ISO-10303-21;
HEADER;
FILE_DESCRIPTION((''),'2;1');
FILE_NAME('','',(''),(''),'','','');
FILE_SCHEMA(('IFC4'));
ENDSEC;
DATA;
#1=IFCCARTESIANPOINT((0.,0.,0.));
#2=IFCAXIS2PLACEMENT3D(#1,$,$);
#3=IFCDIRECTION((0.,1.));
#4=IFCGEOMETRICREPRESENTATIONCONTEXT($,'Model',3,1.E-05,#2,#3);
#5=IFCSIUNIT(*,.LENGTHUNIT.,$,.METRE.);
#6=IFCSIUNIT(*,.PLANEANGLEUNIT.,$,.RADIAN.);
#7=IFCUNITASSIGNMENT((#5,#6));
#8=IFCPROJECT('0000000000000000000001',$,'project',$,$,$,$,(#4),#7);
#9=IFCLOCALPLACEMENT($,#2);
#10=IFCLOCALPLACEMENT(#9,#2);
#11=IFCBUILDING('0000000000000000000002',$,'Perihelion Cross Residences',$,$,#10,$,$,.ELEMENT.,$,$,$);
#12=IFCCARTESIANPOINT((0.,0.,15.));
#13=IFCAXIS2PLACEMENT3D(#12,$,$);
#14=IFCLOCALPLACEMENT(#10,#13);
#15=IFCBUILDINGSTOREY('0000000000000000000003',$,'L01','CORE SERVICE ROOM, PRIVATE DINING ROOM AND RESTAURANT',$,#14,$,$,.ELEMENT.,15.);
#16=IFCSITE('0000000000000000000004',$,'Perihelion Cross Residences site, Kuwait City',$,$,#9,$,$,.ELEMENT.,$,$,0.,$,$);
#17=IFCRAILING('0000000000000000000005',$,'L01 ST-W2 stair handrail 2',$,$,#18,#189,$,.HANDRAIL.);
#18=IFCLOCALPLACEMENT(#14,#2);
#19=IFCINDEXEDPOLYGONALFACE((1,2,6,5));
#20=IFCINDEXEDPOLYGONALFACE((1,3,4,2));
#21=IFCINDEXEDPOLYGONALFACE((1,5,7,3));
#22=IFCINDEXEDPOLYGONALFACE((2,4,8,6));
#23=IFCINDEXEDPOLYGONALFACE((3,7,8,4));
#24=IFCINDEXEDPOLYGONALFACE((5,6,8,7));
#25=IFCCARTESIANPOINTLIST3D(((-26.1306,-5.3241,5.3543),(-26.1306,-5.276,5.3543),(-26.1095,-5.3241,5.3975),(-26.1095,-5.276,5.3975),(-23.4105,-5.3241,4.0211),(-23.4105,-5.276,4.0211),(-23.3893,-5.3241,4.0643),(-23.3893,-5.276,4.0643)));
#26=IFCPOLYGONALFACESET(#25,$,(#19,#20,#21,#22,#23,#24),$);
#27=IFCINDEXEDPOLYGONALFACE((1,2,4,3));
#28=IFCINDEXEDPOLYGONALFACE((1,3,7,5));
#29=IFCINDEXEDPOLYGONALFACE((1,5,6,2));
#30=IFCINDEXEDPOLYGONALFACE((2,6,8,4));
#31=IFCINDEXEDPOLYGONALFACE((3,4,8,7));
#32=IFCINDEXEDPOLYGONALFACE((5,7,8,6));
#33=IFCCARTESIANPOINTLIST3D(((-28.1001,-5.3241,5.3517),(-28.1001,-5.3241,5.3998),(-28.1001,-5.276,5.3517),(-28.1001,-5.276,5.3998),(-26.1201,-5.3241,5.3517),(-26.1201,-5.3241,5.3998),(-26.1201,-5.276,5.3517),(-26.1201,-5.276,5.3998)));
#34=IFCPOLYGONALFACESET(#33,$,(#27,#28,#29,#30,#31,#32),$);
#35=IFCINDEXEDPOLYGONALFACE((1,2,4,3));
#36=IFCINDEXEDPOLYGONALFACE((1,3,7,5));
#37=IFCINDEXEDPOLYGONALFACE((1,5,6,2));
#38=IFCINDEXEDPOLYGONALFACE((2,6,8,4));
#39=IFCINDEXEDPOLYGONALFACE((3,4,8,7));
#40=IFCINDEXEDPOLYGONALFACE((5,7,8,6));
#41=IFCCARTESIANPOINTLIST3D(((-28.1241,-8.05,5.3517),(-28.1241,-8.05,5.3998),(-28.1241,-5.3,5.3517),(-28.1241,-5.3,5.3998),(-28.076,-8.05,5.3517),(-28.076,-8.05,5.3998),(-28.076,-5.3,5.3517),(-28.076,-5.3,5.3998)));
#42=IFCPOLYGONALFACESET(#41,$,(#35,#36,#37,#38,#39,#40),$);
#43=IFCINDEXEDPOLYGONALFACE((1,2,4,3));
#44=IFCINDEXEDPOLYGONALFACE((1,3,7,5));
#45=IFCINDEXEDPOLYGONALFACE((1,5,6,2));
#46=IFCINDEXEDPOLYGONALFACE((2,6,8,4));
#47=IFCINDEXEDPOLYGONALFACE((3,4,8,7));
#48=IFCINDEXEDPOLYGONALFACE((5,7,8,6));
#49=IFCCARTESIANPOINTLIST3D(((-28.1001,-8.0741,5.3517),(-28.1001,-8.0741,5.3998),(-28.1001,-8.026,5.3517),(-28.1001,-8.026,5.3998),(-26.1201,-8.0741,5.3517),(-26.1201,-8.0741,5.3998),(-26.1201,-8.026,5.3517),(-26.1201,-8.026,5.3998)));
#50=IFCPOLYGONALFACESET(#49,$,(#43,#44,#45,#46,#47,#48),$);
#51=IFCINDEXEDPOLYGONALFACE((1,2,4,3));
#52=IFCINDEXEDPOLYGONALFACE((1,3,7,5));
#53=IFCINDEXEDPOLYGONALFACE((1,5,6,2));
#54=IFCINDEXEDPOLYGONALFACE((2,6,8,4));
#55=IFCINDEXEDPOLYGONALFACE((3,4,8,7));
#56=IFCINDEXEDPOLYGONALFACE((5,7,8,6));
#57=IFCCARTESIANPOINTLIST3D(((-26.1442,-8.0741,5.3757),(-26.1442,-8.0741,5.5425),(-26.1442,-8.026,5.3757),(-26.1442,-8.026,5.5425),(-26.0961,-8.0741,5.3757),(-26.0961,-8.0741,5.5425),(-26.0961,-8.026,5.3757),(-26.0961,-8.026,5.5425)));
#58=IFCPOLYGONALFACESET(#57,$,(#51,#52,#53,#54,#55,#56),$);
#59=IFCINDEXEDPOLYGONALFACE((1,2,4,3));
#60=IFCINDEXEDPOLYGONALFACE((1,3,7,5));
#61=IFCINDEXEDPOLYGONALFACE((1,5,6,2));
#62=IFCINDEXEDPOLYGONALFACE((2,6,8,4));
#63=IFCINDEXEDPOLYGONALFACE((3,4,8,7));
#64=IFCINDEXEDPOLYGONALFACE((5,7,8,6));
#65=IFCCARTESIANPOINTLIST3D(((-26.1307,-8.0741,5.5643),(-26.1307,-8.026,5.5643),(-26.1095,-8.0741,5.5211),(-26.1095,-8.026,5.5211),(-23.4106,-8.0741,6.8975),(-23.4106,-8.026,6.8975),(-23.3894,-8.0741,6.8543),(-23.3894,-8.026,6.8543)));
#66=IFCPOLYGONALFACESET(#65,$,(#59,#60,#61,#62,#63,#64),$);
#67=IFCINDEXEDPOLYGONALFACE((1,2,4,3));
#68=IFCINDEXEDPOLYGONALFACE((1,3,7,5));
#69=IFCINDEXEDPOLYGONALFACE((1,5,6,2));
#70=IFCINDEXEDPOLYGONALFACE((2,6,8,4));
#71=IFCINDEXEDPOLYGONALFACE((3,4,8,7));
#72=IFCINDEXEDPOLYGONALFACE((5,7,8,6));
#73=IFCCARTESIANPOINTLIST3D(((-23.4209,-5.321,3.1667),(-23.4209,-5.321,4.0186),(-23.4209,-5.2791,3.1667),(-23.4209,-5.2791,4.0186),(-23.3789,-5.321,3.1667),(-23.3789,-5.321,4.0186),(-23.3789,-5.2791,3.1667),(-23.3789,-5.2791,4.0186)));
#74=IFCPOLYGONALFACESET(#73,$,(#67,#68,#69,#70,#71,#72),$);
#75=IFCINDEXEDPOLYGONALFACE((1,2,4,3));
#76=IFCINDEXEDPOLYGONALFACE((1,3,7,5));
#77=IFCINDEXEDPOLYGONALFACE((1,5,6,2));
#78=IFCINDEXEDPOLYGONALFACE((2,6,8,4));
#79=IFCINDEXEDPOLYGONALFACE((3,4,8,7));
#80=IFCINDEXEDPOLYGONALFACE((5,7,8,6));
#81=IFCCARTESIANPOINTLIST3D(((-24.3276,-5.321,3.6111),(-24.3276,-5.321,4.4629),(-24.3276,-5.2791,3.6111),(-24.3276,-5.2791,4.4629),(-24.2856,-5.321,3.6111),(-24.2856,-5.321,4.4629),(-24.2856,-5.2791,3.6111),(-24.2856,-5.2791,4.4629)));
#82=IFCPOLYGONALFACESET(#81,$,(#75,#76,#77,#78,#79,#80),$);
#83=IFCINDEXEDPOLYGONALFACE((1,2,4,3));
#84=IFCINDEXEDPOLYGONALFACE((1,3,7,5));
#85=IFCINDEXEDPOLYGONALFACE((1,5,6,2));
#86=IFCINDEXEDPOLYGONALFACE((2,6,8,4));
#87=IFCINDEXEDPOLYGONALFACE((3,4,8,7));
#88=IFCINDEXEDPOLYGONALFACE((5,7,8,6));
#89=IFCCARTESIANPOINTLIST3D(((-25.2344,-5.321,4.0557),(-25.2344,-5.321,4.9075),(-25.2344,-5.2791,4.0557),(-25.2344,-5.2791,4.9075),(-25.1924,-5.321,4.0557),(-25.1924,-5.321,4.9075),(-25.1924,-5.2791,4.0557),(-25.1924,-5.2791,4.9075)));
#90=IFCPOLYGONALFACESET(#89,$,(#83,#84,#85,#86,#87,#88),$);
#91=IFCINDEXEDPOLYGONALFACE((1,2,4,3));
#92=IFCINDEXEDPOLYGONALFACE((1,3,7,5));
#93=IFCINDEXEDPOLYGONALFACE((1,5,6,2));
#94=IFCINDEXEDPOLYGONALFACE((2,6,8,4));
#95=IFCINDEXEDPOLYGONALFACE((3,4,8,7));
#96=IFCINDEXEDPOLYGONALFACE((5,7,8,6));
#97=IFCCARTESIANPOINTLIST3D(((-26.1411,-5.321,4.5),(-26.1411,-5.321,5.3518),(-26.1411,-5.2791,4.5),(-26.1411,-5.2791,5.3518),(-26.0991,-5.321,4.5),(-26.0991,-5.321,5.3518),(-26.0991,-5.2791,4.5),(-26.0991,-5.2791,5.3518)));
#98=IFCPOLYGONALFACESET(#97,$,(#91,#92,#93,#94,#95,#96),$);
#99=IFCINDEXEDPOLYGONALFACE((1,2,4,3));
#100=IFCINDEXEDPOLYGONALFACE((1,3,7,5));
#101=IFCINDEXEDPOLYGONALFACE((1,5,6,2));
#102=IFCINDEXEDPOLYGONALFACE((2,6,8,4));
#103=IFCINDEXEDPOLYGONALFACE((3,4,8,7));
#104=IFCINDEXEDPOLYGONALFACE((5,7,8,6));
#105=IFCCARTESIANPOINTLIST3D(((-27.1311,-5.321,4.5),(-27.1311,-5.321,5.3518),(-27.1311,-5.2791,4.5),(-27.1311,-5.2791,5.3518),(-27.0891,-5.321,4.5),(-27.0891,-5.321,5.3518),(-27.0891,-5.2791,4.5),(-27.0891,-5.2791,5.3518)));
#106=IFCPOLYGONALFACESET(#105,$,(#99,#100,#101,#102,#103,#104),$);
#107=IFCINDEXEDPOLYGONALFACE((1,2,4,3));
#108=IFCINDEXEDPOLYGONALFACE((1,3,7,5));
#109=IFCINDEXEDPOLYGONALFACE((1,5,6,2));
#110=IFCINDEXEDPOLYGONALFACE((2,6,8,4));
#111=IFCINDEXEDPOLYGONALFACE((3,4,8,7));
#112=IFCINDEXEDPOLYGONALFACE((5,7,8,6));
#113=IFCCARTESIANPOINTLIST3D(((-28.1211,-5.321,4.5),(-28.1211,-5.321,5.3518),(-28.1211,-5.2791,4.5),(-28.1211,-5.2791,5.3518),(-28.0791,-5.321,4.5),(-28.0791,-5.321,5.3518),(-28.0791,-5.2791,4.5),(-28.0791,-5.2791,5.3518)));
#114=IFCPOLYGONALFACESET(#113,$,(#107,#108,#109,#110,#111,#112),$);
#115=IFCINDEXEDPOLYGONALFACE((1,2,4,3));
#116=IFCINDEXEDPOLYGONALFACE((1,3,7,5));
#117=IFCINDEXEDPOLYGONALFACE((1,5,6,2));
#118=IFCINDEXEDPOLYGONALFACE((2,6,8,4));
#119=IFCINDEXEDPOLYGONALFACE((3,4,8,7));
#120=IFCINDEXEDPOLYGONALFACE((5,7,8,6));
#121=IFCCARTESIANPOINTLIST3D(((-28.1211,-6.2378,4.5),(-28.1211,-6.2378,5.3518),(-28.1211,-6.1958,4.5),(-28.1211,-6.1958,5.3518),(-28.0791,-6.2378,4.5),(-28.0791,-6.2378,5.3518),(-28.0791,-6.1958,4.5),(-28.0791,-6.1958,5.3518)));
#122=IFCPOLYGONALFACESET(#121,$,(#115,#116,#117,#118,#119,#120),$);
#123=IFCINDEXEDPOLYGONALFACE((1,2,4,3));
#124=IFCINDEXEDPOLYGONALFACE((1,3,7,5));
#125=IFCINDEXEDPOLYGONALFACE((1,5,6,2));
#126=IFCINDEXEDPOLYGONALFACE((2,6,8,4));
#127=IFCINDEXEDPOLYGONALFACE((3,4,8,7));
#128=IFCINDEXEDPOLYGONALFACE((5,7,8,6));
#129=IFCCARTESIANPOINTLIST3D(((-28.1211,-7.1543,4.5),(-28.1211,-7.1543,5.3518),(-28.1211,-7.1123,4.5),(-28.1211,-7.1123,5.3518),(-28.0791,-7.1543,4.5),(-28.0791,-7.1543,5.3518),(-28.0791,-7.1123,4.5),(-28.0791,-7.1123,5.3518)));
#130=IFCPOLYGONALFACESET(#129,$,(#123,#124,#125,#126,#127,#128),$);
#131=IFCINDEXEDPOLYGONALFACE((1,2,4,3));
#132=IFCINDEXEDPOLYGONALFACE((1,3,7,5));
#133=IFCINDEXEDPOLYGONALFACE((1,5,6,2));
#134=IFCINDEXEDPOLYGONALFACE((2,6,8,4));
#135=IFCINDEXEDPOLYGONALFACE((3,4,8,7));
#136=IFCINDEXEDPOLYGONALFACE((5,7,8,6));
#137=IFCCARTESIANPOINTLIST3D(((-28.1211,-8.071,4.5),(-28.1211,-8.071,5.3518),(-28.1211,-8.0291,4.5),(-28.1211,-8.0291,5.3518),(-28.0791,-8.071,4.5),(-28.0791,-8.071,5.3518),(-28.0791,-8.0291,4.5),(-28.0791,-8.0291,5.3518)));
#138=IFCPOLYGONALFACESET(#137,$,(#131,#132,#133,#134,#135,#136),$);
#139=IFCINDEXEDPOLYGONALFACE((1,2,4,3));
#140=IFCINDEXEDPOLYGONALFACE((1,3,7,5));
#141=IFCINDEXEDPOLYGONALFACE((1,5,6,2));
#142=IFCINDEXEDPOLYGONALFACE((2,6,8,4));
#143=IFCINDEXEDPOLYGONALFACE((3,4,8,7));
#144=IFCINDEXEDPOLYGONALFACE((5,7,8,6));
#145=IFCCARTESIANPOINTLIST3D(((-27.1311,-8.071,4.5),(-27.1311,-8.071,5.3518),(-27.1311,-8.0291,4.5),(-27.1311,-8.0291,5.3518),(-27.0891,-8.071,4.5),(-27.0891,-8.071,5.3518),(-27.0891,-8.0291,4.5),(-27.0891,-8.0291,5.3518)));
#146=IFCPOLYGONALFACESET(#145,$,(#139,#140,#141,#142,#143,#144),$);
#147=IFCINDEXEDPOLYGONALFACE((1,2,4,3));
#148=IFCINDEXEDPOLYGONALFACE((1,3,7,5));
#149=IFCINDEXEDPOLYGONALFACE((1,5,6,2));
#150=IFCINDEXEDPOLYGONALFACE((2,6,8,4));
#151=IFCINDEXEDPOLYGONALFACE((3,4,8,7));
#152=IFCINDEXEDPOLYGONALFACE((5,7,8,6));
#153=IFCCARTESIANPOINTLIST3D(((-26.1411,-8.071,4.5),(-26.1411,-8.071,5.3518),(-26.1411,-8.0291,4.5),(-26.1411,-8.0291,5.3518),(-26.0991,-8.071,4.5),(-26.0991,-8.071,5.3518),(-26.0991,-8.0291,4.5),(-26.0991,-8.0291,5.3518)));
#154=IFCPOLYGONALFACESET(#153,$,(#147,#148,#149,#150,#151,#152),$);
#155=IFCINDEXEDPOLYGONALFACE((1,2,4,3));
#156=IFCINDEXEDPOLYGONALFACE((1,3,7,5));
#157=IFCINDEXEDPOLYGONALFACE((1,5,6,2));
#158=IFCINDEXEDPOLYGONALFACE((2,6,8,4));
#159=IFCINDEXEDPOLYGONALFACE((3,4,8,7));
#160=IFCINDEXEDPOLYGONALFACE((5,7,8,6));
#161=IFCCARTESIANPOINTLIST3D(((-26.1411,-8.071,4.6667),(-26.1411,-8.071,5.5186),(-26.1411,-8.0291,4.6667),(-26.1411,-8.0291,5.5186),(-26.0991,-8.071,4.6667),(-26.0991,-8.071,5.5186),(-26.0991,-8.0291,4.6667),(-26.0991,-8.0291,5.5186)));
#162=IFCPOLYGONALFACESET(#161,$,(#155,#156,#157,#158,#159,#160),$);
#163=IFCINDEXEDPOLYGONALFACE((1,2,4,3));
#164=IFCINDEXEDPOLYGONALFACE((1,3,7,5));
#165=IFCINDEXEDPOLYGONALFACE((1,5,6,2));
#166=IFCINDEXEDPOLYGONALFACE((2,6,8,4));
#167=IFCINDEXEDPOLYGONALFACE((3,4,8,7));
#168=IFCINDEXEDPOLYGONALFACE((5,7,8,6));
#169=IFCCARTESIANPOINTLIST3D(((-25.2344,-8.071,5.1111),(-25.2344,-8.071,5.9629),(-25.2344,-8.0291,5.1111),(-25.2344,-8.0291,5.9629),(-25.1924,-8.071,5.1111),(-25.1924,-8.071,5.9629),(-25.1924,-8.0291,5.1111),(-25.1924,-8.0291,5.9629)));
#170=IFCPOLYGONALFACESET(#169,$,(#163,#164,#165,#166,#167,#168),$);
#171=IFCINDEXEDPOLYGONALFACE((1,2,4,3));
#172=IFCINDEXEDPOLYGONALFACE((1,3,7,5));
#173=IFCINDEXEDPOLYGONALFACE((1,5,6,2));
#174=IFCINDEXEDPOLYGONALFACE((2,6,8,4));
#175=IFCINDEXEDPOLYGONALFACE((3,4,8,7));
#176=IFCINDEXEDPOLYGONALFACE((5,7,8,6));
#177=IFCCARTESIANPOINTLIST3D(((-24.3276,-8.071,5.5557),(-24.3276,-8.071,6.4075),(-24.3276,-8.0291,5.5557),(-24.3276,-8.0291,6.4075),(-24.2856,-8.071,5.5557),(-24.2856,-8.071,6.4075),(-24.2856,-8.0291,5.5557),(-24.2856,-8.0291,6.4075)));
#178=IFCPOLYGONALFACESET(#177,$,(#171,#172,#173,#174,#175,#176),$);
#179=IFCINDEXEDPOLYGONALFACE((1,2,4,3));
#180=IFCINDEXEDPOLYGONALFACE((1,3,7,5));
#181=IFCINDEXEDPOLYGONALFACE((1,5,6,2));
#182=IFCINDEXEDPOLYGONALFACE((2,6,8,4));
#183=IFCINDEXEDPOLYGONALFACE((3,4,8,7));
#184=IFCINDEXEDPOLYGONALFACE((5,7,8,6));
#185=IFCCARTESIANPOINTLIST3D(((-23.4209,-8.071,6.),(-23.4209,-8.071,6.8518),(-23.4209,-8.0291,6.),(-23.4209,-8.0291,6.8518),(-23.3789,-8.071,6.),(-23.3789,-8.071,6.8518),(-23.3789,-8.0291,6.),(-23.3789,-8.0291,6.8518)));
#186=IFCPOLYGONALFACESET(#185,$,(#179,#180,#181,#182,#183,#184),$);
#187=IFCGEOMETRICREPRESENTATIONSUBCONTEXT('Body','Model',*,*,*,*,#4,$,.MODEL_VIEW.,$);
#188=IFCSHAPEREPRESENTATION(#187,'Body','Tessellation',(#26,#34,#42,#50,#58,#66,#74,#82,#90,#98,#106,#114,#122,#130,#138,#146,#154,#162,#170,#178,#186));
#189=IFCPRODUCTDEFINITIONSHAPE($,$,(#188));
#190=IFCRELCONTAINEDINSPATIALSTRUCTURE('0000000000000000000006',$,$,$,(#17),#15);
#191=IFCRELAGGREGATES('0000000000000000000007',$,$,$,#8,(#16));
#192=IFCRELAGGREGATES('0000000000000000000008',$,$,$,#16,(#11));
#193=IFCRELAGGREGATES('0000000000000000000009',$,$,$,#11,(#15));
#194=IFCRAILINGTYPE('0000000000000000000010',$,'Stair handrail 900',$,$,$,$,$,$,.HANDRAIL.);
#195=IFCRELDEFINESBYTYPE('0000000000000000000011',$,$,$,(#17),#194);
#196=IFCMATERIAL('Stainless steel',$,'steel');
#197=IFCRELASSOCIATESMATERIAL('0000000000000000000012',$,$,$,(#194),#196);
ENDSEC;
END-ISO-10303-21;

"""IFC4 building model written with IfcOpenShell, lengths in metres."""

from ifc_helpers import new_model, si_unit, direction, frame, origin, origin_2d, place, context, subcontext, project, spatial, rectangle, extrude, material, type_object, element, save


model = new_model("IFC4")

# Units and contexts
model_context = context("Model", 3, precision=1e-05, world=origin(), true_north=direction((0.0, 1.0)))
body_context = subcontext(model_context, "Body", "Model", "MODEL_VIEW")
ifc_project = project(units=[si_unit("LENGTHUNIT", "METRE"), si_unit("PLANEANGLEUNIT", "RADIAN")], contexts=[model_context])

# Site, building, storey
site_placement = place(None, origin())
site = spatial("IfcSite", under=ifc_project, at=site_placement, Name="Perihelion Cross Residences site, Kuwait City", CompositionType="ELEMENT", RefElevation=0.0)
building_placement = place(site_placement, origin())
building = spatial("IfcBuilding", under=site, at=building_placement, Name="Perihelion Cross Residences", CompositionType="ELEMENT")
storey_placement = place(building_placement, frame((0.0, 0.0, 15.0)))
storey = spatial("IfcBuildingStorey", under=building, at=storey_placement, Name="L01", Description="CORE SERVICE ROOM, PRIVATE DINING ROOM AND RESTAURANT", CompositionType="ELEMENT", Elevation=15.0)

# Railing
ifc_material_1 = material(Name="Stainless steel", Category="steel")
railing_type_1 = type_object("IfcRailingType", Name="Stair handrail 900", PredefinedType="HANDRAIL", material=ifc_material_1)
railing_1_placement = place(storey_placement, frame((-23.3999, -5.3, 3.1667)))
element("IfcRailing", 1, at=railing_1_placement, inside=storey, type_object=railing_type_1, Name="L01 ST-W2 stair handrail 2", PredefinedType="HANDRAIL", context=body_context, shape_type="SweptSolid", body=[
    extrude(rectangle(XDim=0.0481, YDim=0.0481, at=origin_2d()), frame((0.0, 0.0, 0.876), z_axis=(-0.897945, 0.0, 0.440108), x_axis=(0.0, -1.0, 0.0)), (0.0, 0.0, 1.0), 3.0293),
    extrude(rectangle(XDim=0.0481, YDim=0.0481, at=origin_2d()), frame((-2.7202, 0.0, 2.209), z_axis=(-1.0, 0.0, 0.0), x_axis=(0.0, -1.0, 0.0)), (0.0, 0.0, 1.0), 1.98),
    extrude(rectangle(XDim=0.0481, YDim=0.0481, at=origin_2d()), frame((-4.7002, 0.0, 2.209), z_axis=(0.0, -1.0, 0.0), x_axis=(1.0, 0.0, 0.0)), (0.0, 0.0, 1.0), 2.75),
    extrude(rectangle(XDim=0.0481, YDim=0.0481, at=origin_2d()), frame((-4.7002, -2.75, 2.209), z_axis=(1.0, 0.0, 0.0), x_axis=(0.0, 1.0, 0.0)), (0.0, 0.0, 1.0), 1.98),
    extrude(rectangle(XDim=0.0481, YDim=0.0481, at=origin_2d()), frame((-2.7202, -2.75, 2.209), z_axis=(0.0, 0.0, 1.0), x_axis=(1.0, 0.0, 0.0)), (0.0, 0.0, 1.0), 0.1667),
    extrude(rectangle(XDim=0.0481, YDim=0.0481, at=origin_2d()), frame((-2.7202, -2.75, 2.376), z_axis=(0.897945, 0.0, 0.440108), x_axis=(0.0, 1.0, 0.0)), (0.0, 0.0, 1.0), 3.0293),
    extrude(rectangle(XDim=0.042, YDim=0.042, at=origin_2d()), origin(), (0.0, 0.0, 1.0), 0.8518),
    extrude(rectangle(XDim=0.042, YDim=0.042, at=origin_2d()), frame((-0.9067, 0.0, 0.4443)), (0.0, 0.0, 1.0), 0.8518),
    extrude(rectangle(XDim=0.042, YDim=0.042, at=origin_2d()), frame((-1.8135, 0.0, 0.8889)), (0.0, 0.0, 1.0), 0.8518),
    extrude(rectangle(XDim=0.042, YDim=0.042, at=origin_2d()), frame((-2.7202, 0.0, 1.3333)), (0.0, 0.0, 1.0), 0.8518),
    extrude(rectangle(XDim=0.042, YDim=0.042, at=origin_2d()), frame((-3.7102, 0.0, 1.3333)), (0.0, 0.0, 1.0), 0.8518),
    extrude(rectangle(XDim=0.042, YDim=0.042, at=origin_2d()), frame((-4.7002, 0.0, 1.3333)), (0.0, 0.0, 1.0), 0.8518),
    extrude(rectangle(XDim=0.042, YDim=0.042, at=origin_2d()), frame((-4.7002, -0.9167, 1.3333)), (0.0, 0.0, 1.0), 0.8518),
    extrude(rectangle(XDim=0.042, YDim=0.042, at=origin_2d()), frame((-4.7002, -1.8333, 1.3333)), (0.0, 0.0, 1.0), 0.8518),
    extrude(rectangle(XDim=0.042, YDim=0.042, at=origin_2d()), frame((-4.7002, -2.75, 1.3333)), (0.0, 0.0, 1.0), 0.8518),
    extrude(rectangle(XDim=0.042, YDim=0.042, at=origin_2d()), frame((-3.7102, -2.75, 1.3333)), (0.0, 0.0, 1.0), 0.8518),
    extrude(rectangle(XDim=0.042, YDim=0.042, at=origin_2d()), frame((-2.7202, -2.75, 1.3333)), (0.0, 0.0, 1.0), 0.8518),
    extrude(rectangle(XDim=0.042, YDim=0.042, at=origin_2d()), frame((-2.7202, -2.75, 1.5)), (0.0, 0.0, 1.0), 0.8518),
    extrude(rectangle(XDim=0.042, YDim=0.042, at=origin_2d()), frame((-1.8135, -2.75, 1.9443)), (0.0, 0.0, 1.0), 0.8518),
    extrude(rectangle(XDim=0.042, YDim=0.042, at=origin_2d()), frame((-0.9067, -2.75, 2.3889)), (0.0, 0.0, 1.0), 0.8518),
    extrude(rectangle(XDim=0.042, YDim=0.042, at=origin_2d()), frame((0.0, -2.75, 2.8333)), (0.0, 0.0, 1.0), 0.8518),
])

save(model, "model.ifc")
